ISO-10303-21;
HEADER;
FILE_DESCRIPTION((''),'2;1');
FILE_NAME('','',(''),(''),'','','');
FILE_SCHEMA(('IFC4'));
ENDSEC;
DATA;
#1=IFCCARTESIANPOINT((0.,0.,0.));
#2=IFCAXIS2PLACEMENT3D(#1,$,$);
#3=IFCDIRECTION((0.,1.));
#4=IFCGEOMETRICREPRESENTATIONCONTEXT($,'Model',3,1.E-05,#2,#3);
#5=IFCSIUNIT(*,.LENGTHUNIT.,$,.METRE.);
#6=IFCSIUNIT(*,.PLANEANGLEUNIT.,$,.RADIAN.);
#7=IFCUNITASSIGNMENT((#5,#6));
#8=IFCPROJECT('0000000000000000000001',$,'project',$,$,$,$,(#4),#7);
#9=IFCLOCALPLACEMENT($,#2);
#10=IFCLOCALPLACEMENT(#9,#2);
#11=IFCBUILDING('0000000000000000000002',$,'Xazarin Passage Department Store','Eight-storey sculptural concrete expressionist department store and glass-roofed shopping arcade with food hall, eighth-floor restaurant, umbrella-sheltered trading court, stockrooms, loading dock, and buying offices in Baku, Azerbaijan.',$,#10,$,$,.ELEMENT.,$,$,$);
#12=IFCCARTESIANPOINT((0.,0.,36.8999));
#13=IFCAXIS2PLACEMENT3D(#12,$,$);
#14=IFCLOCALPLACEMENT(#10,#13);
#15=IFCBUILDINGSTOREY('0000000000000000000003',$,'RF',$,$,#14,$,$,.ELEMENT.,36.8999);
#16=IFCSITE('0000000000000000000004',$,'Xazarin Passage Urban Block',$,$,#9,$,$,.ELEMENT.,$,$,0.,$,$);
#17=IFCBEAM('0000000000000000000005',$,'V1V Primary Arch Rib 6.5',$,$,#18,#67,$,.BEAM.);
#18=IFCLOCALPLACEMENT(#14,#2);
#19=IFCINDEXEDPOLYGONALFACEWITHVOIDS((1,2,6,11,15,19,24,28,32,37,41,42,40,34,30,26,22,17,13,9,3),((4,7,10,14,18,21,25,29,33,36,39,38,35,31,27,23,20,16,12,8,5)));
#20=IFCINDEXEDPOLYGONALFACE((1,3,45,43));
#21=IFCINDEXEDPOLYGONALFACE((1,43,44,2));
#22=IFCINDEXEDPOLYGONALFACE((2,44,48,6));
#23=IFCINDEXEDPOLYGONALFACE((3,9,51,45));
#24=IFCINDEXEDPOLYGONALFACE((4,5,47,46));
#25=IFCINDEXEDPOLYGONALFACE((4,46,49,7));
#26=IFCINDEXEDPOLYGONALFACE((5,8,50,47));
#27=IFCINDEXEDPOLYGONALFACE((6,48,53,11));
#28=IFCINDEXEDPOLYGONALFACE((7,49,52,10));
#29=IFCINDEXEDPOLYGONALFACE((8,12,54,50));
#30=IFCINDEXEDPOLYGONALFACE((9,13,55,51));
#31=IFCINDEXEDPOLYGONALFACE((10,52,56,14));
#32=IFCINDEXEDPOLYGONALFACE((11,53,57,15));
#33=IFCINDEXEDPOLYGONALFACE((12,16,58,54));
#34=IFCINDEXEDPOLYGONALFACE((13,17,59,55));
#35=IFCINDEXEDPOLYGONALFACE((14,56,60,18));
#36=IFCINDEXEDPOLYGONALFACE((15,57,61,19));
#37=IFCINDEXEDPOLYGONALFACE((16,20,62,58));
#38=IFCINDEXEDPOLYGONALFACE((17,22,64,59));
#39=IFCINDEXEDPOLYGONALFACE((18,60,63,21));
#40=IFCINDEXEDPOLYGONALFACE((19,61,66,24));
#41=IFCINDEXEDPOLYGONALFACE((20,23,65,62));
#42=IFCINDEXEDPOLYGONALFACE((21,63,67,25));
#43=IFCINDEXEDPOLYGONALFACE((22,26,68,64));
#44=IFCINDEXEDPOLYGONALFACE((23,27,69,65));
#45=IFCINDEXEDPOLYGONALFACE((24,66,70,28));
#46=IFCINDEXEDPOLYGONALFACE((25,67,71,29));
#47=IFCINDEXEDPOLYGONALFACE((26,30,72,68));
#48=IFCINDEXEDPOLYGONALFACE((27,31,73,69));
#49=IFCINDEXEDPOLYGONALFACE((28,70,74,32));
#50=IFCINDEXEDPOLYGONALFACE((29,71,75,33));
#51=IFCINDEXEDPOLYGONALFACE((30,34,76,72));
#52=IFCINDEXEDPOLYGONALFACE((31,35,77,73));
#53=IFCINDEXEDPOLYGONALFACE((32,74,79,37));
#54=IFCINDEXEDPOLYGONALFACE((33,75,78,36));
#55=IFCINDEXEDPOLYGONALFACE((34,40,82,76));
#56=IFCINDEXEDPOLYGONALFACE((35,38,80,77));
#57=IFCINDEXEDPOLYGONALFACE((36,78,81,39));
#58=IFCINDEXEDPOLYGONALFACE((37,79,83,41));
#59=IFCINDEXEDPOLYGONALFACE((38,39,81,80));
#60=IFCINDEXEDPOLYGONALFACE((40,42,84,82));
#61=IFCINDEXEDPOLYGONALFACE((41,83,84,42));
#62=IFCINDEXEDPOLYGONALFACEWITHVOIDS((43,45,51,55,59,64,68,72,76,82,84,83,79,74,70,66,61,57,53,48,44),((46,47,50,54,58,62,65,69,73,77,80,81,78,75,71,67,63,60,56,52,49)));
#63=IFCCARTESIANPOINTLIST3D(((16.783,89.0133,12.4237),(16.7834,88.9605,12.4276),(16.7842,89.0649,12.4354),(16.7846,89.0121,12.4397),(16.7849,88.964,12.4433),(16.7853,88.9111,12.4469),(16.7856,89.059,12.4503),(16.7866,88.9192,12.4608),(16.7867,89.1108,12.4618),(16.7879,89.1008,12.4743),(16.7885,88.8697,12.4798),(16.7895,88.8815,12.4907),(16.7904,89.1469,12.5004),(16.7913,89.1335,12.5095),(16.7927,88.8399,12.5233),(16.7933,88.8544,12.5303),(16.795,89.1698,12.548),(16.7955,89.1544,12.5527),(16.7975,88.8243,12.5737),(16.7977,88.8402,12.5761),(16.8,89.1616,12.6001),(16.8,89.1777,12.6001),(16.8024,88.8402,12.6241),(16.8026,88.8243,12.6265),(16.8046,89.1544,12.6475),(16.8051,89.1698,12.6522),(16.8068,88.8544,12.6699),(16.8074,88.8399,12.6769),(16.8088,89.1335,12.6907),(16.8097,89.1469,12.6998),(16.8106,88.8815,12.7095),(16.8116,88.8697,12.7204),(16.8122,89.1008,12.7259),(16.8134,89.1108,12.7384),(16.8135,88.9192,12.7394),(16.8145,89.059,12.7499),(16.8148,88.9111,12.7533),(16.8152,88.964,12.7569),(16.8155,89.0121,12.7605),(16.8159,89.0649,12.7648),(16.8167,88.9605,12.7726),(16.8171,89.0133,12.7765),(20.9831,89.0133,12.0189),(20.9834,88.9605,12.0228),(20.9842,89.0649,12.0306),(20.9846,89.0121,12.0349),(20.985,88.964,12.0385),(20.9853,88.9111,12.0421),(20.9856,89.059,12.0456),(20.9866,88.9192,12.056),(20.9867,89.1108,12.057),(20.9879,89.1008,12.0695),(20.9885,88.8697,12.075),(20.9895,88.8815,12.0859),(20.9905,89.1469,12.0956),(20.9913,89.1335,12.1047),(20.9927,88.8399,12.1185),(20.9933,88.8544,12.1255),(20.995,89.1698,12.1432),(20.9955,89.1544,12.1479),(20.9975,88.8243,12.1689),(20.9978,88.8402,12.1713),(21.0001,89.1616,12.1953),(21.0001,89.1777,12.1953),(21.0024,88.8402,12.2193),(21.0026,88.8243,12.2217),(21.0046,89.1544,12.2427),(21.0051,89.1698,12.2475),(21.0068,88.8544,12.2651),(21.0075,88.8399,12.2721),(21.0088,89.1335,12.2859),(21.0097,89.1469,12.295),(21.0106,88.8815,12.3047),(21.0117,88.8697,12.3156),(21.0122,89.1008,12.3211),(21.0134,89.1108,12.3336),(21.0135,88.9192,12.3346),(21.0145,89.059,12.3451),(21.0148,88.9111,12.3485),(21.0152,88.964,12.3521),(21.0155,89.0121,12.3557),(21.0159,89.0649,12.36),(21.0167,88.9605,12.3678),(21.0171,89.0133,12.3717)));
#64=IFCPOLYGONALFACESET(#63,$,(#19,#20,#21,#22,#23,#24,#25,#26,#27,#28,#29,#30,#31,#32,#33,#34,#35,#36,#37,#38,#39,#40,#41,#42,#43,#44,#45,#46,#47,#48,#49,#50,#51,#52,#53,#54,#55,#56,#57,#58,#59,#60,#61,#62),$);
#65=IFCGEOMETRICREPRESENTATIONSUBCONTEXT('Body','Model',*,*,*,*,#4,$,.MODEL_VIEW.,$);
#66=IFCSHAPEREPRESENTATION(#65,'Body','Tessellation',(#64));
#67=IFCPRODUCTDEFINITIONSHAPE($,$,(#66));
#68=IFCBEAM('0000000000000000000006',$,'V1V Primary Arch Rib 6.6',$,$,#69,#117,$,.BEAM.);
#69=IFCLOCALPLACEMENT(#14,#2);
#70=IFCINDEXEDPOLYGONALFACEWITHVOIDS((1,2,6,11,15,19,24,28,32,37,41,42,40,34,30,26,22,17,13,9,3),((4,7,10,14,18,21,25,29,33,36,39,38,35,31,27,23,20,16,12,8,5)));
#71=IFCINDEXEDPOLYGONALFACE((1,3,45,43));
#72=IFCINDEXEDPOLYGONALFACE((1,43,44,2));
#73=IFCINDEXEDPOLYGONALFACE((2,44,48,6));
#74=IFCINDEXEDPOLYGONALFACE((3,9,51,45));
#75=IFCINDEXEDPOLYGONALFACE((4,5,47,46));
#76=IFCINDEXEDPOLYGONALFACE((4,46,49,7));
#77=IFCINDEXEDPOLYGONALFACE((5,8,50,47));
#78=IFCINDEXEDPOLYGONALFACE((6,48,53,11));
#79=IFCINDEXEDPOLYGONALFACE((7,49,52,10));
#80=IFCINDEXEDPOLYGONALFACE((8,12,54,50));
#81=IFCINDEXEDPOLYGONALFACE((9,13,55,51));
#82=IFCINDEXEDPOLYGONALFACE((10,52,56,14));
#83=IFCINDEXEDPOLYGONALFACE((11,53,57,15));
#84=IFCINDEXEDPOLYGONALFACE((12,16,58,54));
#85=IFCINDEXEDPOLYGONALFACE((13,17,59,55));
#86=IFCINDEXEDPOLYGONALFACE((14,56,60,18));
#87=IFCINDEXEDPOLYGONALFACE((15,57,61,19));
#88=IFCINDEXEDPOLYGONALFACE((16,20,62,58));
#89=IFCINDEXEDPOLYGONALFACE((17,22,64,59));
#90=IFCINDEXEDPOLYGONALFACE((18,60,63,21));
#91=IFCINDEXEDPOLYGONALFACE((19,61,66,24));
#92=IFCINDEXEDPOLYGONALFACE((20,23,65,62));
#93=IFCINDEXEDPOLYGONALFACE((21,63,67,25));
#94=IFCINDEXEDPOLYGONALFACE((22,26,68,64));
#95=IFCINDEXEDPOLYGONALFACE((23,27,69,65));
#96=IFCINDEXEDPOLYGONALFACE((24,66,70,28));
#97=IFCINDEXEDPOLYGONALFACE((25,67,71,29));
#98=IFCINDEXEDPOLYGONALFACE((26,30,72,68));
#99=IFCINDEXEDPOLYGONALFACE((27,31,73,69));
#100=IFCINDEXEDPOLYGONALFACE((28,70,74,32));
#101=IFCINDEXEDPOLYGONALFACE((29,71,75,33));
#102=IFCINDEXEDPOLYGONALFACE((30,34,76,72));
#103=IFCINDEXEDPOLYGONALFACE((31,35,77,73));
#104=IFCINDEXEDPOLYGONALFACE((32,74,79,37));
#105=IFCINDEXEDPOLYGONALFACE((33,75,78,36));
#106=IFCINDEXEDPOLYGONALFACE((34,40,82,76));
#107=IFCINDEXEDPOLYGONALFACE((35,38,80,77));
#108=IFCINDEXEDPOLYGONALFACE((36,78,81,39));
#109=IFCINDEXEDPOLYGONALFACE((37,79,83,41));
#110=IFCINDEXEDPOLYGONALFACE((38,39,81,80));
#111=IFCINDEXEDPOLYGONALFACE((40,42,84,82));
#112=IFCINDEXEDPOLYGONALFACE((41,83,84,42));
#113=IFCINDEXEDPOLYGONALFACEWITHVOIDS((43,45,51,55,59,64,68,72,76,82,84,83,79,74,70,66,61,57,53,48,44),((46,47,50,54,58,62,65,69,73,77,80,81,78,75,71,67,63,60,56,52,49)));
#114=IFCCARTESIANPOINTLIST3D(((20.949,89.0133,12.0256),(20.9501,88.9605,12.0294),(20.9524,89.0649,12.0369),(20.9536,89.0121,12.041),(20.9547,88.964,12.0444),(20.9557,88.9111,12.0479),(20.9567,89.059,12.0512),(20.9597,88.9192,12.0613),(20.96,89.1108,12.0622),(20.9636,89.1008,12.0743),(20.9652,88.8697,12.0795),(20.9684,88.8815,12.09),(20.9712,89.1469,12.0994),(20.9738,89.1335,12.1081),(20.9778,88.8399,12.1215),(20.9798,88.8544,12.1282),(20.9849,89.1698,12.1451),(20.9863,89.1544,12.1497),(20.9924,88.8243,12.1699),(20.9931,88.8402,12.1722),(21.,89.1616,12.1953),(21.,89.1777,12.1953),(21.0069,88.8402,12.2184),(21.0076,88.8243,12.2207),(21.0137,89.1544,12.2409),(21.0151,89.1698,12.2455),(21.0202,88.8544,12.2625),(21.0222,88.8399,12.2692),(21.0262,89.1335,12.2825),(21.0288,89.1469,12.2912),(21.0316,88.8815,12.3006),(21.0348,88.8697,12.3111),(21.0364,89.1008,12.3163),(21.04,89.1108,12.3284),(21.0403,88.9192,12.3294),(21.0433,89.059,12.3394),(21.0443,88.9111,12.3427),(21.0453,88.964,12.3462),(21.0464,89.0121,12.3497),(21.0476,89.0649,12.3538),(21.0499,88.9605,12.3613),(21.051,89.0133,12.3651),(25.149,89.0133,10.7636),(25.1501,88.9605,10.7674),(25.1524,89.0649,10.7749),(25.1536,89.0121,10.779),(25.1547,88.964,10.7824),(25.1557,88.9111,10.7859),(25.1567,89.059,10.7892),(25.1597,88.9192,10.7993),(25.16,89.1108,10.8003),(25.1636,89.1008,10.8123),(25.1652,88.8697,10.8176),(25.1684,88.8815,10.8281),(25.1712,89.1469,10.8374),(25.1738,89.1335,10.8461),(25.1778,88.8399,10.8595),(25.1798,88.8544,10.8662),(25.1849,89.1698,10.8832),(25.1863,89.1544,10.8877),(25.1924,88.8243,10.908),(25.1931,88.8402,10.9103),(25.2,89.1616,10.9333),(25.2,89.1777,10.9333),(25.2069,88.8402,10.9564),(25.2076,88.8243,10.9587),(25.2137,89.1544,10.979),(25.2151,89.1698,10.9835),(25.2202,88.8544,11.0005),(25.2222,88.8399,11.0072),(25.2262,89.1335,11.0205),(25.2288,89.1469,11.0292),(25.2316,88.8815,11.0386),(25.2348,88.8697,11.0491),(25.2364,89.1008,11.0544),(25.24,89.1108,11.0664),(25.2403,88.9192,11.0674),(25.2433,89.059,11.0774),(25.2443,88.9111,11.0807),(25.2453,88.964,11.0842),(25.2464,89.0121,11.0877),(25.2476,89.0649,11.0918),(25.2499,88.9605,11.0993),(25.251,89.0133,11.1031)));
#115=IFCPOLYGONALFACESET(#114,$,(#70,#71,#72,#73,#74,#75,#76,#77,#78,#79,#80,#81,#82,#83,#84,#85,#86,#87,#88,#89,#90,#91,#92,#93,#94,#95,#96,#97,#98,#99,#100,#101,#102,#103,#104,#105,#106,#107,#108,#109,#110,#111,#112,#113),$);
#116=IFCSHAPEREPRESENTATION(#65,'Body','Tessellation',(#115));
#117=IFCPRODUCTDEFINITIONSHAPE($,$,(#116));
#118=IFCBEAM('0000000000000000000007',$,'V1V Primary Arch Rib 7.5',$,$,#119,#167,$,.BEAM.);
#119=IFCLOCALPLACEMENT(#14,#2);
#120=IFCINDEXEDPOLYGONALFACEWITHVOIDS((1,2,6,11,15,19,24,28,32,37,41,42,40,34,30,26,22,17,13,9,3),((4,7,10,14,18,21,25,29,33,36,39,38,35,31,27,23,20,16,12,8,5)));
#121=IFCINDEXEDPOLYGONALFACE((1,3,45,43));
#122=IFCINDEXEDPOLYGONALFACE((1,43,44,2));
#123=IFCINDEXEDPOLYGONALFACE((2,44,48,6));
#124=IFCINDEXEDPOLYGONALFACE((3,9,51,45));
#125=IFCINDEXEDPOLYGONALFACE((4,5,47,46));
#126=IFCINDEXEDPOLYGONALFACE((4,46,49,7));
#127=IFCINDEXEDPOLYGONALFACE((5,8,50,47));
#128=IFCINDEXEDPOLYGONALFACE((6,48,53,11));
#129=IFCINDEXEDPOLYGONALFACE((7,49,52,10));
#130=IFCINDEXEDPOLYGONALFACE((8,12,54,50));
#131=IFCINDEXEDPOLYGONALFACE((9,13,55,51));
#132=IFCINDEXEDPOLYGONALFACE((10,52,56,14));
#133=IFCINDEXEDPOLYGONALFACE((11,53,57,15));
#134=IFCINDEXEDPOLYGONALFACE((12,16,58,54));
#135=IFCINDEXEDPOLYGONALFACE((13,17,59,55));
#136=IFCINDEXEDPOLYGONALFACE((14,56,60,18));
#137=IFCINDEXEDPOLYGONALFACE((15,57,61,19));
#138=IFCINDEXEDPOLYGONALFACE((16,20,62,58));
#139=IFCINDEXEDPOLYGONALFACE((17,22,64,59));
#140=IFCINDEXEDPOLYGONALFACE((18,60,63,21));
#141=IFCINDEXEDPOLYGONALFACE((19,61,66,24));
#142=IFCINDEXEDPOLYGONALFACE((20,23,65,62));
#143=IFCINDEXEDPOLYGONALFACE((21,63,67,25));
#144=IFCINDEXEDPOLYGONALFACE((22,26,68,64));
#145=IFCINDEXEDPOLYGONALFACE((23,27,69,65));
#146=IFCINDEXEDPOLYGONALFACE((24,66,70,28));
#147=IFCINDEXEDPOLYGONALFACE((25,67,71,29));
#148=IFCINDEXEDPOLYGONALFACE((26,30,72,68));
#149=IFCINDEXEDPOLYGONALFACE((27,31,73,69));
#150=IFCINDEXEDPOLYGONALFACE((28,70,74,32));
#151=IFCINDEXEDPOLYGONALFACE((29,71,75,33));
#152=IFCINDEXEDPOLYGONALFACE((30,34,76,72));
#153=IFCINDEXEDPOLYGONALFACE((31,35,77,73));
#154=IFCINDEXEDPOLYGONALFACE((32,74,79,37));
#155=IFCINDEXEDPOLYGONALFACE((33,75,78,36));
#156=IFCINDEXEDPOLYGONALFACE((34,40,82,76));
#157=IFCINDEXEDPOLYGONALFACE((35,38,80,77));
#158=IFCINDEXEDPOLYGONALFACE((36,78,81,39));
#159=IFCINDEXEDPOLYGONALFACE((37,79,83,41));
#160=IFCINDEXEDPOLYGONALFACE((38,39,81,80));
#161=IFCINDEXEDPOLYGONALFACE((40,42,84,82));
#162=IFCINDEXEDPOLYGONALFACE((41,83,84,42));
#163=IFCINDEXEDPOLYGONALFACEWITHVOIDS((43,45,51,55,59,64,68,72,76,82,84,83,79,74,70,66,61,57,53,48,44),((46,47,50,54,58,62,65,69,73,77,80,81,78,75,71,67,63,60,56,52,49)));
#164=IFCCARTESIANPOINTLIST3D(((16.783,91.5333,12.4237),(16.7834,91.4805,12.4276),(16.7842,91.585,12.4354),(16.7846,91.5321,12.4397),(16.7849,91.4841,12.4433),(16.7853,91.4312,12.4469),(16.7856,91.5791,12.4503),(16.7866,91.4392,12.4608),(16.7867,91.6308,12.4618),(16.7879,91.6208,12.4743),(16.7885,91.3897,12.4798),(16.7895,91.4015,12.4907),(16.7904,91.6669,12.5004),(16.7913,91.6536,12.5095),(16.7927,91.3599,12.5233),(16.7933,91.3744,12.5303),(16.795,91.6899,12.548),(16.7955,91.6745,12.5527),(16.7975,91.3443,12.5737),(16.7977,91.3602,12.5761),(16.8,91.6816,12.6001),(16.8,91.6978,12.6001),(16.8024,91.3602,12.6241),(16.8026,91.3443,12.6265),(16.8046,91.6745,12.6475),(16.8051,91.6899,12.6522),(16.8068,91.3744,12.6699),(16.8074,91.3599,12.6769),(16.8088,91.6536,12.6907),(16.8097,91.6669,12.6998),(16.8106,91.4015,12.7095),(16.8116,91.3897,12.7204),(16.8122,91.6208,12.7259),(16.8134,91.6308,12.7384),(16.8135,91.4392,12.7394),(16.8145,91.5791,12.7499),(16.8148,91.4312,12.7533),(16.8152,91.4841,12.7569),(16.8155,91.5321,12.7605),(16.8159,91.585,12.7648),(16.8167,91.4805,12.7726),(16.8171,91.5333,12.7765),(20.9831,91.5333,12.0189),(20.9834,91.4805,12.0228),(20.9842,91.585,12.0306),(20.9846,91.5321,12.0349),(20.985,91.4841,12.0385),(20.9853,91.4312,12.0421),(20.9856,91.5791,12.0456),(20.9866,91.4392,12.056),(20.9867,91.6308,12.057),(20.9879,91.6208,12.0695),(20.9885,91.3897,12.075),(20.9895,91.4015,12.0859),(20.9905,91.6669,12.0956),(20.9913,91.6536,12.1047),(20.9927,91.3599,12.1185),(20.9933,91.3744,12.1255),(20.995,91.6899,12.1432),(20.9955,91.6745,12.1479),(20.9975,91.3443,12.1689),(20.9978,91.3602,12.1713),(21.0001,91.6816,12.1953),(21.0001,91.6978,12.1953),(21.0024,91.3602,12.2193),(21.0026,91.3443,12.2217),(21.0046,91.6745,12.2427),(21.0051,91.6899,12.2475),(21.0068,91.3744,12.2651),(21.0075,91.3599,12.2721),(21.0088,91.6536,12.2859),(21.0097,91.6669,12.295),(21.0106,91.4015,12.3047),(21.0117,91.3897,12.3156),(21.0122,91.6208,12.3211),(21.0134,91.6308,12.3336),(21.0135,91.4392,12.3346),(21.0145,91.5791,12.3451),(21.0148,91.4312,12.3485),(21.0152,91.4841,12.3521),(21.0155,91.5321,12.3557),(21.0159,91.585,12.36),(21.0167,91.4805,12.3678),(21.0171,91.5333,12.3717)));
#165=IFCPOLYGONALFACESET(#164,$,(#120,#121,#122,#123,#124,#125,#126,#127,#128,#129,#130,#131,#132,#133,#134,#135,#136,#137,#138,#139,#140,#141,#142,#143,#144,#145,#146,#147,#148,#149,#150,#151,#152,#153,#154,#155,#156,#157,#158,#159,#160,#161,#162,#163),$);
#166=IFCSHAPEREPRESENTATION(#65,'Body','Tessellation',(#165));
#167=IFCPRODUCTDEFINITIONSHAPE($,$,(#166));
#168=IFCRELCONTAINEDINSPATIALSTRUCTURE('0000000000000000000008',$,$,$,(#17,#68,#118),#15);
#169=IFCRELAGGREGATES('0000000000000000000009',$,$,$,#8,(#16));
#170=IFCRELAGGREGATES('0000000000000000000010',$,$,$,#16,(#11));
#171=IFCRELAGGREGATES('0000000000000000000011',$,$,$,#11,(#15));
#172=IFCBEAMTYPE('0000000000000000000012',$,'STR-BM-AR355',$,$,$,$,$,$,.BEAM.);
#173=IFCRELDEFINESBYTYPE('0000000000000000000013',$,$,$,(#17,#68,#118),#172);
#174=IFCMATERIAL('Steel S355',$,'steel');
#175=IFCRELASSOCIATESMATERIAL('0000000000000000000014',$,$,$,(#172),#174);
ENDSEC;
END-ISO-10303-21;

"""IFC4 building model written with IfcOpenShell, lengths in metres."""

from ifc_helpers import new_model, si_unit, direction, frame, origin, origin_2d, place, context, subcontext, project, spatial, hollow_circle, extrude, material, material_profile, profile_set, type_object, element, save


model = new_model("IFC4")

# Units and contexts
model_context = context("Model", 3, precision=1e-05, world=origin(), true_north=direction((0.0, 1.0)))
body_context = subcontext(model_context, "Body", "Model", "MODEL_VIEW")
ifc_project = project(units=[si_unit("LENGTHUNIT", "METRE"), si_unit("PLANEANGLEUNIT", "RADIAN")], contexts=[model_context])

# Site, building, storey
site_placement = place(None, origin())
site = spatial("IfcSite", under=ifc_project, at=site_placement, Name="Xazarin Passage Urban Block", CompositionType="ELEMENT", RefElevation=0.0)
building_placement = place(site_placement, origin())
building = spatial("IfcBuilding", under=site, at=building_placement, Name="Xazarin Passage Department Store", Description="Eight-storey sculptural concrete expressionist department store and glass-roofed shopping arcade with food hall, eighth-floor restaurant, umbrella-sheltered trading court, stockrooms, loading dock, and buying offices in Baku, Azerbaijan.", CompositionType="ELEMENT")
storey_placement = place(building_placement, frame((0.0, 0.0, 36.8999)))
storey = spatial("IfcBuildingStorey", under=building, at=storey_placement, Name="RF", CompositionType="ELEMENT", Elevation=36.8999)

# Beams
ifc_material_1 = material(Name="Steel S355", Category="steel")
ifc_material_profile_1 = material_profile(ifc_material_1, hollow_circle(Radius=0.1777, WallThickness=0.0161, at=origin_2d()), Name="CHS 355.6x16")
ifc_profile_set_1 = profile_set([ifc_material_profile_1], Name="Steel S355")
beam_type = type_object("IfcBeamType", Name="STR-BM-AR355", PredefinedType="BEAM", material=ifc_profile_set_1)
beam_1_placement = place(storey_placement, frame((16.8, 89.0, 12.6001), z_axis=(0.995388, 0.0, -0.095934), x_axis=(0.0, 1.0, 0.0)))
element("IfcBeam", 1, at=beam_1_placement, inside=storey, type_object=beam_type, Name="V1V Primary Arch Rib 6.5", PredefinedType="BEAM", context=body_context, shape_type="SweptSolid", body=[
    extrude(hollow_circle(Radius=0.1777, WallThickness=0.0161, at=origin_2d()), origin(), (0.0, 0.0, 1.0), 4.2195),
])
beam_2_placement = place(storey_placement, frame((21.0, 89.0, 12.1953), z_axis=(0.957702, 0.0, -0.287762), x_axis=(0.0, 1.0, 0.0)))
element("IfcBeam", 2, at=beam_2_placement, inside=storey, type_object=beam_type, Name="V1V Primary Arch Rib 6.6", PredefinedType="BEAM", context=body_context, shape_type="SweptSolid", body=[
    extrude(hollow_circle(Radius=0.1777, WallThickness=0.0161, at=origin_2d()), origin(), (0.0, 0.0, 1.0), 4.3855),
])
beam_3_placement = place(storey_placement, frame((16.8, 91.52, 12.6001), z_axis=(0.995388, 0.0, -0.095934), x_axis=(0.0, 1.0, 0.0)))
element("IfcBeam", 3, at=beam_3_placement, inside=storey, type_object=beam_type, Name="V1V Primary Arch Rib 7.5", PredefinedType="BEAM", context=body_context, shape_type="SweptSolid", body=[
    extrude(hollow_circle(Radius=0.1777, WallThickness=0.0161, at=origin_2d()), origin(), (0.0, 0.0, 1.0), 4.2195),
])

save(model, "model.ifc")
